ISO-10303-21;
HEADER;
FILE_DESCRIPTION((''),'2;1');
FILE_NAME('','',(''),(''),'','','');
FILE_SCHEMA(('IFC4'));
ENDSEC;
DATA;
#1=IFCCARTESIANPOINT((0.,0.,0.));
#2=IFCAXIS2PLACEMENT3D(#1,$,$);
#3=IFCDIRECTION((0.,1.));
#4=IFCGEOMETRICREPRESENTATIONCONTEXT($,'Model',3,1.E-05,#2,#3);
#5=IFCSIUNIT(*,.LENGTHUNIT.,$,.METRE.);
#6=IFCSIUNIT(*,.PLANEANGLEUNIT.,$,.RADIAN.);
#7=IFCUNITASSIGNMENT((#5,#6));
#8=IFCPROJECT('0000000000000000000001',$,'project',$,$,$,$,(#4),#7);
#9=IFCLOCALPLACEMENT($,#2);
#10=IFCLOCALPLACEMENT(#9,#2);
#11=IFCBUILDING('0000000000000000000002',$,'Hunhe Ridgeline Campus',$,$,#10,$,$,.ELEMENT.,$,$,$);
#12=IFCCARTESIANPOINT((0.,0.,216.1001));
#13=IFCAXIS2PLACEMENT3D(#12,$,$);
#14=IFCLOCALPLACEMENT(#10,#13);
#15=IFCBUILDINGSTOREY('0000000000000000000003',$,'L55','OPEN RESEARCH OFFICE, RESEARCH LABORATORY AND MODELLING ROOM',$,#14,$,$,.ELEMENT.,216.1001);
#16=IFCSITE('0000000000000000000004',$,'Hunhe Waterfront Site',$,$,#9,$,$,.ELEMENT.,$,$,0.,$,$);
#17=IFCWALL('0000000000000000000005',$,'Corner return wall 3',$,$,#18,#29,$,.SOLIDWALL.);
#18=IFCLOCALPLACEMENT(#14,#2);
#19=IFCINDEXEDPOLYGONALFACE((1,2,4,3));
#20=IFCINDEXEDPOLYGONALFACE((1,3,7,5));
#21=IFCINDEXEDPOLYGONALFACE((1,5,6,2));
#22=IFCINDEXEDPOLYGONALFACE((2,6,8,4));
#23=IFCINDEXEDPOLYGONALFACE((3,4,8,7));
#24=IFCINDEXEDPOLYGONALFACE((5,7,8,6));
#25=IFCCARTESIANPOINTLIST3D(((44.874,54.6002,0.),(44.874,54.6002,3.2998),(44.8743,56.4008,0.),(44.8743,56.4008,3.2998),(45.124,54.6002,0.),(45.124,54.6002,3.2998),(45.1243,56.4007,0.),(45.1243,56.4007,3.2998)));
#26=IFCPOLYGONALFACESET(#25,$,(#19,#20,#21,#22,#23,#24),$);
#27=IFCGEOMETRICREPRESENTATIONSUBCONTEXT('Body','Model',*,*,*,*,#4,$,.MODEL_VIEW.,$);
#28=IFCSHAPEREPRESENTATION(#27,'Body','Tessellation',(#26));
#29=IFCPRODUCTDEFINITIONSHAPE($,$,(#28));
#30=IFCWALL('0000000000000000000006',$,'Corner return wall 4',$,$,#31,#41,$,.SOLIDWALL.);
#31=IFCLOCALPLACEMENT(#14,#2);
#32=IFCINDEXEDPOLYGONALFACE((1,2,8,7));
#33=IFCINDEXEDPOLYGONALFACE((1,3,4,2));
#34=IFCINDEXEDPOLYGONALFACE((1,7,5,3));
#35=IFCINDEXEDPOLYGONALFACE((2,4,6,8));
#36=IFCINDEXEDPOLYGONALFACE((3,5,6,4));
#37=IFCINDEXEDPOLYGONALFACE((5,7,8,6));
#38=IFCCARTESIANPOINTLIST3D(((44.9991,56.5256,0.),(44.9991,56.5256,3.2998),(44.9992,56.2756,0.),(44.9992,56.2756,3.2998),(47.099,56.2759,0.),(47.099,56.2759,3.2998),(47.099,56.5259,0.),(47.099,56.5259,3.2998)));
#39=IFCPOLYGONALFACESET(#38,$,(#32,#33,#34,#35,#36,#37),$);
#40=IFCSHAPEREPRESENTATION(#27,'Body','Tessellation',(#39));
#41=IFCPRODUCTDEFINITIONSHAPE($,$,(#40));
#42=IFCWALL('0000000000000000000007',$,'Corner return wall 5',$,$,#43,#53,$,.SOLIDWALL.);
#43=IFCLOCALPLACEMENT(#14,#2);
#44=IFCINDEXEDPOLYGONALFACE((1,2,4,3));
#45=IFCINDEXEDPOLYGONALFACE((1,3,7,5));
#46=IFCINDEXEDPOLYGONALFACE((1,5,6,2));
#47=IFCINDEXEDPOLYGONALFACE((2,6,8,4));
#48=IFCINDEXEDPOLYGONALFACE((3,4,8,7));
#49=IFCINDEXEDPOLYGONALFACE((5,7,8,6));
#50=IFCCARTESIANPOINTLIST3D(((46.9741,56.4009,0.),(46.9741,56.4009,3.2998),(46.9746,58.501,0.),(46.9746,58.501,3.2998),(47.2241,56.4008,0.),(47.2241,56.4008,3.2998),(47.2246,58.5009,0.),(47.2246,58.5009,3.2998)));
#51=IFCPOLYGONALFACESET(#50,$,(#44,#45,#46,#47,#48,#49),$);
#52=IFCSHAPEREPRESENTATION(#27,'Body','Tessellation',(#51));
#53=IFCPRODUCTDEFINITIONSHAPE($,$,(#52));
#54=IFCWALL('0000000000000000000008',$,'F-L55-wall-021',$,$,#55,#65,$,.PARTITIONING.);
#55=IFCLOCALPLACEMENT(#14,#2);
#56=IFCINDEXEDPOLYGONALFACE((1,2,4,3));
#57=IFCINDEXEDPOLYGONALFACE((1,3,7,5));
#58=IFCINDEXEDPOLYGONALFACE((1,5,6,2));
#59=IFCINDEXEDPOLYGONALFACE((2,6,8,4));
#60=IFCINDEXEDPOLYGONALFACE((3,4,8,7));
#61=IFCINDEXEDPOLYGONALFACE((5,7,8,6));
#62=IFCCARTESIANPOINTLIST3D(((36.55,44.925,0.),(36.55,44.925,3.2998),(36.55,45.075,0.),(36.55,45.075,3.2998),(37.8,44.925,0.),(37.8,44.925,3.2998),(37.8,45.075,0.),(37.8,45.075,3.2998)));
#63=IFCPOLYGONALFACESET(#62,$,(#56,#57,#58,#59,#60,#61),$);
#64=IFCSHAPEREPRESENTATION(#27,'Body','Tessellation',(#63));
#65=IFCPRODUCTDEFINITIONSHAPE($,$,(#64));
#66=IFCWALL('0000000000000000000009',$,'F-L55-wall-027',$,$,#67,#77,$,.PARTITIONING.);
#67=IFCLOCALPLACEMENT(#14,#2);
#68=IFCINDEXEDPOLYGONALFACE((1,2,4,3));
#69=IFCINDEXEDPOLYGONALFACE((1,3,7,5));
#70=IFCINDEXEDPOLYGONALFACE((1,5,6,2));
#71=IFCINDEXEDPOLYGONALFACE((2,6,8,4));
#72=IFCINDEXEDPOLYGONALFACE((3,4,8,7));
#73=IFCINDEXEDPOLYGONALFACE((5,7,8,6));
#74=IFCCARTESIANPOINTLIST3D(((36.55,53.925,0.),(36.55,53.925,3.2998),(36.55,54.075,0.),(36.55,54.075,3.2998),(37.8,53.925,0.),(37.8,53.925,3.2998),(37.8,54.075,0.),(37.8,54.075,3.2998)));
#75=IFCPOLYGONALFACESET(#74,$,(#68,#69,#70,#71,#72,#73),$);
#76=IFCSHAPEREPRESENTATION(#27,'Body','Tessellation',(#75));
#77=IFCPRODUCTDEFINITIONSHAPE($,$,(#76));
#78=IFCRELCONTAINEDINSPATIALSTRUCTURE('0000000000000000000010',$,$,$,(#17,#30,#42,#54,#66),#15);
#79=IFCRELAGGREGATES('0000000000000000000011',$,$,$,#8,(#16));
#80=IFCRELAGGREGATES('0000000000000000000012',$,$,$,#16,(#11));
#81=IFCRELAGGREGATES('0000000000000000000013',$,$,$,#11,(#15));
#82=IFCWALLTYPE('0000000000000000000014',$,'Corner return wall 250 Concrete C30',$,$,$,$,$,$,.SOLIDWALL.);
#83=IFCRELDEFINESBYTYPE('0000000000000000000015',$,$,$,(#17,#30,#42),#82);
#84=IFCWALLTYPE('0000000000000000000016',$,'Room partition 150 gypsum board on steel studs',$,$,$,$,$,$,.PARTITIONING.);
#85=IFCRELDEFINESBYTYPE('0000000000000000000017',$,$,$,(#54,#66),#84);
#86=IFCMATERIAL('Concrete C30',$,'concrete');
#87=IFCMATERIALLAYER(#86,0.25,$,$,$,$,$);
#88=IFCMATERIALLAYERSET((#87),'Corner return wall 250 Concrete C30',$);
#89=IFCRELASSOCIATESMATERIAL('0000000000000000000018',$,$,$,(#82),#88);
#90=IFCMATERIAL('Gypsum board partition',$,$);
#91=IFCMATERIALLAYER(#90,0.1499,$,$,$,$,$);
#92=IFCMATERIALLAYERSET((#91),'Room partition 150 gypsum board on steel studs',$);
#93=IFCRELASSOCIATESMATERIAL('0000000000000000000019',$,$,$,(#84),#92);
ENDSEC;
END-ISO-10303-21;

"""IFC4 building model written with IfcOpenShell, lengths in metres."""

from ifc_helpers import new_model, si_unit, direction, frame, frame_2d, origin, place, context, subcontext, project, spatial, rectangle, extrude, material, layer, layer_set, type_object, element, save


model = new_model("IFC4")

# Units and contexts
model_context = context("Model", 3, precision=1e-05, world=origin(), true_north=direction((0.0, 1.0)))
body_context = subcontext(model_context, "Body", "Model", "MODEL_VIEW")
ifc_project = project(units=[si_unit("LENGTHUNIT", "METRE"), si_unit("PLANEANGLEUNIT", "RADIAN")], contexts=[model_context])

# Site, building, storey
site_placement = place(None, origin())
site = spatial("IfcSite", under=ifc_project, at=site_placement, Name="Hunhe Waterfront Site", CompositionType="ELEMENT", RefElevation=0.0)
building_placement = place(site_placement, origin())
building = spatial("IfcBuilding", under=site, at=building_placement, Name="Hunhe Ridgeline Campus", CompositionType="ELEMENT")
storey_placement = place(building_placement, frame((0.0, 0.0, 216.1001)))
storey = spatial("IfcBuildingStorey", under=building, at=storey_placement, Name="L55", Description="OPEN RESEARCH OFFICE, RESEARCH LABORATORY AND MODELLING ROOM", CompositionType="ELEMENT", Elevation=216.1001)

# Walls
ifc_material_1 = material(Name="Concrete C30", Category="concrete")
ifc_layer_1 = layer(ifc_material_1, 0.25)
ifc_layer_set_1 = layer_set([ifc_layer_1], Name="Corner return wall 250 Concrete C30")
wall_type_1 = type_object("IfcWallType", Name="Corner return wall 250 Concrete C30", PredefinedType="SOLIDWALL", material=ifc_layer_set_1)
wall_1_placement = place(storey_placement, frame((44.999, 54.6001, 0.0), z_axis=(0.0, 0.0, 1.0), x_axis=(0.000136, 1.0, 0.0)))
element("IfcWall", 1, at=wall_1_placement, inside=storey, type_object=wall_type_1, Name="Corner return wall 3", PredefinedType="SOLIDWALL", context=body_context, shape_type="SweptSolid", body=[
    extrude(rectangle(XDim=1.8005, YDim=0.25, at=frame_2d((0.9004, 0.0))), origin(), (0.0, 0.0, 1.0), 3.2998),
])
wall_2_placement = place(storey_placement, frame((44.9993, 56.4006, 0.0), z_axis=(0.0, 0.0, 1.0), x_axis=(1.0, 0.000116, 0.0)))
element("IfcWall", 2, at=wall_2_placement, inside=storey, type_object=wall_type_1, Name="Corner return wall 4", PredefinedType="SOLIDWALL", context=body_context, shape_type="SweptSolid", body=[
    extrude(rectangle(XDim=2.0999, YDim=0.25, at=frame_2d((1.0498, 0.0))), origin(), (0.0, 0.0, 1.0), 3.2998),
])
wall_3_placement = place(storey_placement, frame((47.0991, 56.4009, 0.0), z_axis=(0.0, 0.0, 1.0), x_axis=(0.000233, 1.0, 0.0)))
element("IfcWall", 3, at=wall_3_placement, inside=storey, type_object=wall_type_1, Name="Corner return wall 5", PredefinedType="SOLIDWALL", context=body_context, shape_type="SweptSolid", body=[
    extrude(rectangle(XDim=2.1001, YDim=0.25, at=frame_2d((1.05, 0.0))), origin(), (0.0, 0.0, 1.0), 3.2998),
])
ifc_material_2 = material(Name="Gypsum board partition")
ifc_layer_2 = layer(ifc_material_2, 0.1499)
ifc_layer_set_2 = layer_set([ifc_layer_2], Name="Room partition 150 gypsum board on steel studs")
wall_type_2 = type_object("IfcWallType", Name="Room partition 150 gypsum board on steel studs", PredefinedType="PARTITIONING", material=ifc_layer_set_2)
for number, where, z_axis, x_axis, name in (
    (4, (36.55, 45.0, 0.0), (0.0, 0.0, 1.0), (1.0, 0.0, 0.0), "F-L55-wall-021"),
    (5, (36.55, 54.0, 0.0), (0.0, 0.0, 1.0), (1.0, 0.0, 0.0), "F-L55-wall-027"),
):
    element("IfcWall", number, at=place(storey_placement, frame(where, z_axis=z_axis, x_axis=x_axis)), inside=storey, type_object=wall_type_2, Name=name, PredefinedType="PARTITIONING", context=body_context, shape_type="SweptSolid", body=[
        extrude(rectangle(XDim=1.25, YDim=0.1499, at=frame_2d((0.625, 0.0))), origin(), (0.0, 0.0, 1.0), 3.2998),
    ])

save(model, "model.ifc")
